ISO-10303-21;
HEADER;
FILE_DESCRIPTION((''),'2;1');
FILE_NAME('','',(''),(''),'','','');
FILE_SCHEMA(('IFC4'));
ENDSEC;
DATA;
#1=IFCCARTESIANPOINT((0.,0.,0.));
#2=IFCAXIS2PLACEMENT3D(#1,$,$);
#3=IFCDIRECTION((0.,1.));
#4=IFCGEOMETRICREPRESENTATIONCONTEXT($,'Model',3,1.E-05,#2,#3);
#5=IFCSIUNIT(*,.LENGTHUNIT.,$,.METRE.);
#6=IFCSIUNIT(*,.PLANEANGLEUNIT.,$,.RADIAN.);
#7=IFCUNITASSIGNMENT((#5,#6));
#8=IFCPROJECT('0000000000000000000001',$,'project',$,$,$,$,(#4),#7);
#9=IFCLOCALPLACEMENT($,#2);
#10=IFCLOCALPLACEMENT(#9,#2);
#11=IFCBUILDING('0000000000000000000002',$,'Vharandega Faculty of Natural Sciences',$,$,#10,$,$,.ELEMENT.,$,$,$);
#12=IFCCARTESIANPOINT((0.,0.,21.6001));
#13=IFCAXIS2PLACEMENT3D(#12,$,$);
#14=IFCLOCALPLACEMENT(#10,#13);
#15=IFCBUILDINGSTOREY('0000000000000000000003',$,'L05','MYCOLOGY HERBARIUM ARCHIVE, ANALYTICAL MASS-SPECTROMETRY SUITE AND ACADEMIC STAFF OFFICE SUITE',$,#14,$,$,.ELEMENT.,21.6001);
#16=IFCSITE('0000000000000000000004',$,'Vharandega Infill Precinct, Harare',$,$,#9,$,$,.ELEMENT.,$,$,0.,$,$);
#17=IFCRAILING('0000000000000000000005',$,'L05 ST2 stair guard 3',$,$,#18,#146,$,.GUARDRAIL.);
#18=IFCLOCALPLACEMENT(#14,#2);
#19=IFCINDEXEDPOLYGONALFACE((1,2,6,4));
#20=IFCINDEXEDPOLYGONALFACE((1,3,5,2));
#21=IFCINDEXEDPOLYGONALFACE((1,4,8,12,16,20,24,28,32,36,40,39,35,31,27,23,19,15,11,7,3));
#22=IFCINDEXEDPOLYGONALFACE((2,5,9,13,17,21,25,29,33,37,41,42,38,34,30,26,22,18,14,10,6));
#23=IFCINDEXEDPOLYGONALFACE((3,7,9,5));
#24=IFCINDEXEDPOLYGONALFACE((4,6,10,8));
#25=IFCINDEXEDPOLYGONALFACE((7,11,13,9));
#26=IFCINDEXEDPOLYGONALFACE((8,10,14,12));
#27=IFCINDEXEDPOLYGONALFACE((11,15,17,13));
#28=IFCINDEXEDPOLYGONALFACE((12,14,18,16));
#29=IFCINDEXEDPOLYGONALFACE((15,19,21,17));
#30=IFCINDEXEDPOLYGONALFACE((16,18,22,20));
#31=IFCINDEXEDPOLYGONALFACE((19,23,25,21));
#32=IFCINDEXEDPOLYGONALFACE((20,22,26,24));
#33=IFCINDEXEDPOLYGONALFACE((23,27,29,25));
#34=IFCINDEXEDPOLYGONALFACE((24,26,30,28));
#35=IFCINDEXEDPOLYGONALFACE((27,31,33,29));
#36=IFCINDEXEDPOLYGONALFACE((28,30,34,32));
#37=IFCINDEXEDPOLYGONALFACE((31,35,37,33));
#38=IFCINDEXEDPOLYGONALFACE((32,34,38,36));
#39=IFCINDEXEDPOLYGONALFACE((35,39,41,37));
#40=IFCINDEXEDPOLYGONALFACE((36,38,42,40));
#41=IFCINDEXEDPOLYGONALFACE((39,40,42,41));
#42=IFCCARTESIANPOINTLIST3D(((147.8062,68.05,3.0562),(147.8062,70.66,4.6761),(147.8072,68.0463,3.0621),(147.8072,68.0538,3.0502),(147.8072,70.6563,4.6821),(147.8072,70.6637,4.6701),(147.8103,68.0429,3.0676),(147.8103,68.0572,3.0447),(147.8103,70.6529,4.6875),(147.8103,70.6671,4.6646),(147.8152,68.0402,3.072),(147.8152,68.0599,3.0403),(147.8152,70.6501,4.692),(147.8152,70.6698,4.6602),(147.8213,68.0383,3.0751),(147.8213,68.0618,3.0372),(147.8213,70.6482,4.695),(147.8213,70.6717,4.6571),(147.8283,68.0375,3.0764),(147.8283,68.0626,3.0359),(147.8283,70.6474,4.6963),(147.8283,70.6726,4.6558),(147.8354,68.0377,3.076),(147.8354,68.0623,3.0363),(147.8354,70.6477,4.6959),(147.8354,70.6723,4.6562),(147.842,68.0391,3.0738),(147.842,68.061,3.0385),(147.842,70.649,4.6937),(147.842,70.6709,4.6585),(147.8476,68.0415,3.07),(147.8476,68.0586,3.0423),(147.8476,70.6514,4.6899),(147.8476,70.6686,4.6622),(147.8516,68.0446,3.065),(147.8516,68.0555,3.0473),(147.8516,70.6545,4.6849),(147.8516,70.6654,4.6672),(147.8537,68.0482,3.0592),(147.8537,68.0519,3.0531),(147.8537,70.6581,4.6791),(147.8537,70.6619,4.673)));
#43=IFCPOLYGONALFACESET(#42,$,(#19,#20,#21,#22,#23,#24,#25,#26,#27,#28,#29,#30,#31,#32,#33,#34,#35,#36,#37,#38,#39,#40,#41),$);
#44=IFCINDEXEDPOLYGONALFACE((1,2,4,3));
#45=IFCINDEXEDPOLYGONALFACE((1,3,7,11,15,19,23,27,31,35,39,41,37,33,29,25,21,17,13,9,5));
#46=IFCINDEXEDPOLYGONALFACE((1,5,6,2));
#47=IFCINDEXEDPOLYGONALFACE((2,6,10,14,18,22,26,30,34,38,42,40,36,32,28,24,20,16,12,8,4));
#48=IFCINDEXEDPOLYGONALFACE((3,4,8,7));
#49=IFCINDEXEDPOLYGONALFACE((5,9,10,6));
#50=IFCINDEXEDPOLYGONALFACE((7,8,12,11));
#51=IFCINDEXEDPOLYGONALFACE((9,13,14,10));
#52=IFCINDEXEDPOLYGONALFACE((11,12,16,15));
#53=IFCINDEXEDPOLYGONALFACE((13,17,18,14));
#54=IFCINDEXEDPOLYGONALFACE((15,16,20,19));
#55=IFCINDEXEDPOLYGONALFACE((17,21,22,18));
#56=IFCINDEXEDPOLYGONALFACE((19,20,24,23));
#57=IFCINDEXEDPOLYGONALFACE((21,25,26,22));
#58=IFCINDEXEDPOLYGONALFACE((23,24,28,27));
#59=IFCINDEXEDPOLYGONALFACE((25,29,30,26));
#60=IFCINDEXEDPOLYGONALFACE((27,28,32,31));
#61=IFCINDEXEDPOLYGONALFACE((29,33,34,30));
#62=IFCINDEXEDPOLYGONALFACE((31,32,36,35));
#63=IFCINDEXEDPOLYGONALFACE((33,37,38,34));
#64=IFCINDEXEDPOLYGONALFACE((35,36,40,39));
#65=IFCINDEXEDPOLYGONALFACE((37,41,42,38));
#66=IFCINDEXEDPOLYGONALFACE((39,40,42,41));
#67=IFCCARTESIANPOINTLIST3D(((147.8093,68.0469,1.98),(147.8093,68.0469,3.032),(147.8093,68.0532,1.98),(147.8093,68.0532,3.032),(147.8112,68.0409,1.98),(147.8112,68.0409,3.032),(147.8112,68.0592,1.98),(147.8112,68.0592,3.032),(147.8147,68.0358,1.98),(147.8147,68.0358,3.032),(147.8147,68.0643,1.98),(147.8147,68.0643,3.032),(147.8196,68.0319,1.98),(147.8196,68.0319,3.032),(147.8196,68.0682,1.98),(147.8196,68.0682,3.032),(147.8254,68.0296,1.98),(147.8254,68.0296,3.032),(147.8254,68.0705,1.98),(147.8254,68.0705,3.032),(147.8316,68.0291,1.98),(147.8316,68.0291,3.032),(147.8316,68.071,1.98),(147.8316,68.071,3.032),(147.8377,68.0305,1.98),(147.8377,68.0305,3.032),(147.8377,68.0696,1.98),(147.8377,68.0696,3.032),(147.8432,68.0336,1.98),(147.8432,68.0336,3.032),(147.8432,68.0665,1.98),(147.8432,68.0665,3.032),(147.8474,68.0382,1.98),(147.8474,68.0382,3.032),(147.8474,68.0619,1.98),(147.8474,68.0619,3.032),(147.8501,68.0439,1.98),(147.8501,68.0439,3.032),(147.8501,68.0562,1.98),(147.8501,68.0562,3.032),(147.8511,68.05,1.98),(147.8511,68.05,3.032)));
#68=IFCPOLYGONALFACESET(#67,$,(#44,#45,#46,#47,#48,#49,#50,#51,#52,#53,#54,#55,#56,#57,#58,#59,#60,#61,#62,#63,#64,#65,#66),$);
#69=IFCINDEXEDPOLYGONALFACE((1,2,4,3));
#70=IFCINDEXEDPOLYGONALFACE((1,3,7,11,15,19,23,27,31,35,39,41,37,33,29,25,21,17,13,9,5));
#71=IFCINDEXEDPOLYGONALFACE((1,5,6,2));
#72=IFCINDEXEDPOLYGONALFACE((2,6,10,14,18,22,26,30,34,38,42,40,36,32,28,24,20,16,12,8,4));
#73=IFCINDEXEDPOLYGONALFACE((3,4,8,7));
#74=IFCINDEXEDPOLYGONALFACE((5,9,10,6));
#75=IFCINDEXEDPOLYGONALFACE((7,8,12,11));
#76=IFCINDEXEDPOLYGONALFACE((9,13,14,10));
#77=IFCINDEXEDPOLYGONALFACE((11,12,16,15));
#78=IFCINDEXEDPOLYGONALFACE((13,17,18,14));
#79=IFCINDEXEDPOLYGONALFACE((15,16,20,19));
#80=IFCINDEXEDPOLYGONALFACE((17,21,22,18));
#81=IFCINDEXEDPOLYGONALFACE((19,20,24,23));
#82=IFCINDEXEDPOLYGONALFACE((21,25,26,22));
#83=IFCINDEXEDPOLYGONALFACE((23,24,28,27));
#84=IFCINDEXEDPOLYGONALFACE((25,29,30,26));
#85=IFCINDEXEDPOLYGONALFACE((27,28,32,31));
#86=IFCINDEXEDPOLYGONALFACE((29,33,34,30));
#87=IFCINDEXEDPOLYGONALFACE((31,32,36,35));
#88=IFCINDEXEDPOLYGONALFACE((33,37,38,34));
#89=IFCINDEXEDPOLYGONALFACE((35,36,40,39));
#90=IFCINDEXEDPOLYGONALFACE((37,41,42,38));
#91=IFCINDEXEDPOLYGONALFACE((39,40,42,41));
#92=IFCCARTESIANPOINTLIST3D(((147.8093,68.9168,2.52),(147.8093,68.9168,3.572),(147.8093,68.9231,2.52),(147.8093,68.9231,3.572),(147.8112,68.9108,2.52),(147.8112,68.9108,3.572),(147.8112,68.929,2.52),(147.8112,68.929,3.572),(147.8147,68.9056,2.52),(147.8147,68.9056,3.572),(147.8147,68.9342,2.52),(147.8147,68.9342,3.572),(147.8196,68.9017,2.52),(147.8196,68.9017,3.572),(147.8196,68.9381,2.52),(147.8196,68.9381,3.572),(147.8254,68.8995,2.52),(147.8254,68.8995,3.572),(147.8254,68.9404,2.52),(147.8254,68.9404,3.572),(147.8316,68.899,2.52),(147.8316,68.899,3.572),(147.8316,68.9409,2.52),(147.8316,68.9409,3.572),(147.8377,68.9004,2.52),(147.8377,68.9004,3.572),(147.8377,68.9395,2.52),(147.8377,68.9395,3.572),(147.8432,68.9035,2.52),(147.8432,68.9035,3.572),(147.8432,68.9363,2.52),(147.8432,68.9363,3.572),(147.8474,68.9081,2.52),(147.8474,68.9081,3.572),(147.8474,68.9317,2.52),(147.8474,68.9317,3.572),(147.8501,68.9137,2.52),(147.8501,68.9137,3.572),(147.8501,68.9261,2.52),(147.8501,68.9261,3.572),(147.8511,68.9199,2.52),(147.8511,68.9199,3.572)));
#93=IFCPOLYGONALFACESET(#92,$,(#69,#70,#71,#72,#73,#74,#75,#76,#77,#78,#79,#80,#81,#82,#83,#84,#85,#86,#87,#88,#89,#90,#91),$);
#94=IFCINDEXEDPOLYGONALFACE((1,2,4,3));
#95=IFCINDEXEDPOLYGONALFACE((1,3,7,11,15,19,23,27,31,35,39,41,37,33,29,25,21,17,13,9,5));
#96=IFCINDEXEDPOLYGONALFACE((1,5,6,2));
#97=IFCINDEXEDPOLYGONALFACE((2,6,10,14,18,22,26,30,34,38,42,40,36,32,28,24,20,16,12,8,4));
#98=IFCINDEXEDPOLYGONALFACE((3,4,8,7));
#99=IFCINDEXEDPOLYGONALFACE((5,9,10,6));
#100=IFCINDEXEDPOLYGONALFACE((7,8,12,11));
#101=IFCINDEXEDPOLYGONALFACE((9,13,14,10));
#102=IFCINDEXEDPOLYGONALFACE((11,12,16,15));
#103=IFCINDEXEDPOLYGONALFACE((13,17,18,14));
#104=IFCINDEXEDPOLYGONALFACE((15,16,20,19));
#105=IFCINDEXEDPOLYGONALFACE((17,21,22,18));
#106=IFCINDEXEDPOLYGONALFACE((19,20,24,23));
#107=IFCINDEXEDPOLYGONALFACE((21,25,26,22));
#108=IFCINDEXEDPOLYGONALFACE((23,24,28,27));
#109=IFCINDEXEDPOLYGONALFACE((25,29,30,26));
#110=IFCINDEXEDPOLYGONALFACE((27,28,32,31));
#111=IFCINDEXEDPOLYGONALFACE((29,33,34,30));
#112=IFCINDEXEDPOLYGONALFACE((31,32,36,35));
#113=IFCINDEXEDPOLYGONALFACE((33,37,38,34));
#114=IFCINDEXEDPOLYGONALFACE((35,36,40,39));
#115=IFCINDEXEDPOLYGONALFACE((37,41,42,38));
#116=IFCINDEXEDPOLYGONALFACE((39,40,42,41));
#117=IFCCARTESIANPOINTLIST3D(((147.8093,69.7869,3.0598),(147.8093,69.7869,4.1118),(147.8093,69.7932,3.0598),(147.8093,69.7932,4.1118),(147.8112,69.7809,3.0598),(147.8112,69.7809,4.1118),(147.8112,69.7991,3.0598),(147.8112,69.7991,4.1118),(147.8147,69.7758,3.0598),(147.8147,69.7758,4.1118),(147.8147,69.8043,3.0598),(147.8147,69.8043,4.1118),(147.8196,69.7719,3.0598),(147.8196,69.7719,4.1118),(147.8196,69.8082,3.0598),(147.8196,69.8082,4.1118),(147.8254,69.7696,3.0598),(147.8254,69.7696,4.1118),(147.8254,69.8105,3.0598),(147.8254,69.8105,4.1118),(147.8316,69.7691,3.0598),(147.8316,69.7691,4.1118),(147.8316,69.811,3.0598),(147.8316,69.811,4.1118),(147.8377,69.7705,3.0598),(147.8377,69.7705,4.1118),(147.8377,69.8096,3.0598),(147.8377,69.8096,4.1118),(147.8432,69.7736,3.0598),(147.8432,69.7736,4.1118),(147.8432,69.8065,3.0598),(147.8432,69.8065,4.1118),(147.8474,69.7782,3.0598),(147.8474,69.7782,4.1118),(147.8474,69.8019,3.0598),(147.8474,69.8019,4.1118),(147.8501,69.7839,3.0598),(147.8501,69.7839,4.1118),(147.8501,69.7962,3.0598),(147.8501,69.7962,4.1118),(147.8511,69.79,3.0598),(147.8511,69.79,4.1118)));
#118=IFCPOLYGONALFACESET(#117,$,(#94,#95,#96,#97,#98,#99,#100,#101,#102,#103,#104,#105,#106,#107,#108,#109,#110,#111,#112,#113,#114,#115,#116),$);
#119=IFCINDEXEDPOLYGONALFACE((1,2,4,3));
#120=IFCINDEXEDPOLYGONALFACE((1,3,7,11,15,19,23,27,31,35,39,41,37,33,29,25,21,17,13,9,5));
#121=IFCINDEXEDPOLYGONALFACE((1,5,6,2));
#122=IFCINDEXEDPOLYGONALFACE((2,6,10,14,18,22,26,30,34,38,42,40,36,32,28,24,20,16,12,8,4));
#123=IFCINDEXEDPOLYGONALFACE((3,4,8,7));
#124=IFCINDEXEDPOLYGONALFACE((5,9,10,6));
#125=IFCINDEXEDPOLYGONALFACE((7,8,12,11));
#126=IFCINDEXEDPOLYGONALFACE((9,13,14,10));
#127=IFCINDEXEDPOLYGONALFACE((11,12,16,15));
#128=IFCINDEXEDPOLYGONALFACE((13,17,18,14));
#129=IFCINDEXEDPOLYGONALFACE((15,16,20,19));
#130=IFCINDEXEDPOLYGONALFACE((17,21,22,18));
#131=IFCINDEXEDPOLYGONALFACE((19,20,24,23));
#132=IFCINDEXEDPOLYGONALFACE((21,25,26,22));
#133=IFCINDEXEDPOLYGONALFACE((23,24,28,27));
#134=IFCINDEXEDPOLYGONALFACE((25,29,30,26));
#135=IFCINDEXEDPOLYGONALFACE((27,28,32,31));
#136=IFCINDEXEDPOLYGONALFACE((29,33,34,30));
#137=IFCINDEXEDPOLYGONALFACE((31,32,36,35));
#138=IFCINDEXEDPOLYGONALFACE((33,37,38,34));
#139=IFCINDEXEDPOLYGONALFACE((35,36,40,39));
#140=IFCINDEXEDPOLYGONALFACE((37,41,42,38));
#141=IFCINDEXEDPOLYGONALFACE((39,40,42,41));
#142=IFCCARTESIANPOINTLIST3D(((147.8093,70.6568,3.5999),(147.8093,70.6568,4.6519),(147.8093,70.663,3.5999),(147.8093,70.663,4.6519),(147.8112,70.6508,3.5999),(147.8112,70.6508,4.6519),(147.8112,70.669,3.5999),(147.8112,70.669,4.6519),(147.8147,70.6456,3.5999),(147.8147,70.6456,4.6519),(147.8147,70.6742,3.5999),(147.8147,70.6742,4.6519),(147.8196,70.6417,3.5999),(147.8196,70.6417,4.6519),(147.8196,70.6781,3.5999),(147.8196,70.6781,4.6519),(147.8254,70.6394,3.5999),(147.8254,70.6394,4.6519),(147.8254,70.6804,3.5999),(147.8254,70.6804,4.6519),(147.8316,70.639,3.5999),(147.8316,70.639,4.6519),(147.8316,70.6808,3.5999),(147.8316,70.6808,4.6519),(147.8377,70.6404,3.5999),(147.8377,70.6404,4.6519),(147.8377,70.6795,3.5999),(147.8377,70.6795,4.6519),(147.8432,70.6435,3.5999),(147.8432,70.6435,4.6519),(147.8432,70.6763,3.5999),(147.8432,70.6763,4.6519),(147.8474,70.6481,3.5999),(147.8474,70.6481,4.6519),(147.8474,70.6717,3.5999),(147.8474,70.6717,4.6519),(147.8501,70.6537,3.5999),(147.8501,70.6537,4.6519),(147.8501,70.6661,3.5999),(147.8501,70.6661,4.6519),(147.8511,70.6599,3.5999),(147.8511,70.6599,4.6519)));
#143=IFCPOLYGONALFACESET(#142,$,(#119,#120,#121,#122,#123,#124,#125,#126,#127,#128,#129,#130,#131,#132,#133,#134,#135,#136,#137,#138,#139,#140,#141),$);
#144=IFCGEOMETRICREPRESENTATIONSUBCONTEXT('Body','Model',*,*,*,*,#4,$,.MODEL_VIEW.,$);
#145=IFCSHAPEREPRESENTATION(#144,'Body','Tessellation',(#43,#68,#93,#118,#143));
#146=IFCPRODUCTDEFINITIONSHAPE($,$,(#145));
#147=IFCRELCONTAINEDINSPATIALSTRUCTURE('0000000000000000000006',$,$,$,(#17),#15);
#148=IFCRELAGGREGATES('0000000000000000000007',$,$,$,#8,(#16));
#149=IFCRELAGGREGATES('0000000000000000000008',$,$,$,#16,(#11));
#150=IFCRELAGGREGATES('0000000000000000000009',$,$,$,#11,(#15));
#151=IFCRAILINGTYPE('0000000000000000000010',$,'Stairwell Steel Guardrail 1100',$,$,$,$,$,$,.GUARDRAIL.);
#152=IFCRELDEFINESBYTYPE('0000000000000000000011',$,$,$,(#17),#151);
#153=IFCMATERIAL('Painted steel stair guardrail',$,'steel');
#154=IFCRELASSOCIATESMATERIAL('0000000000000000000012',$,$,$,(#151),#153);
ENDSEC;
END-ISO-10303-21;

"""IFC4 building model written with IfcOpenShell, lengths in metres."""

from ifc_helpers import new_model, si_unit, direction, frame, origin, origin_2d, place, context, subcontext, project, spatial, circle, extrude, material, type_object, element, save


model = new_model("IFC4")

# Units and contexts
model_context = context("Model", 3, precision=1e-05, world=origin(), true_north=direction((0.0, 1.0)))
body_context = subcontext(model_context, "Body", "Model", "MODEL_VIEW")
ifc_project = project(units=[si_unit("LENGTHUNIT", "METRE"), si_unit("PLANEANGLEUNIT", "RADIAN")], contexts=[model_context])

# Site, building, storey
site_placement = place(None, origin())
site = spatial("IfcSite", under=ifc_project, at=site_placement, Name="Vharandega Infill Precinct, Harare", CompositionType="ELEMENT", RefElevation=0.0)
building_placement = place(site_placement, origin())
building = spatial("IfcBuilding", under=site, at=building_placement, Name="Vharandega Faculty of Natural Sciences", CompositionType="ELEMENT")
storey_placement = place(building_placement, frame((0.0, 0.0, 21.6001)))
storey = spatial("IfcBuildingStorey", under=building, at=storey_placement, Name="L05", Description="MYCOLOGY HERBARIUM ARCHIVE, ANALYTICAL MASS-SPECTROMETRY SUITE AND ACADEMIC STAFF OFFICE SUITE", CompositionType="ELEMENT", Elevation=21.6001)

# Railing
ifc_material_1 = material(Name="Painted steel stair guardrail", Category="steel")
railing_type_1 = type_object("IfcRailingType", Name="Stairwell Steel Guardrail 1100", PredefinedType="GUARDRAIL", material=ifc_material_1)
railing_1_placement = place(storey_placement, frame((147.8301, 68.05, 1.98)))
element("IfcRailing", 1, at=railing_1_placement, inside=storey, type_object=railing_type_1, Name="L05 ST2 stair guard 3", PredefinedType="GUARDRAIL", context=body_context, shape_type="SweptSolid", body=[
    extrude(circle(Radius=0.0239, at=origin_2d()), frame((0.0, 0.0, 1.0762), z_axis=(0.0, 0.849646, 0.527353), x_axis=(-1.0, 0.0, 0.0)), (0.0, 0.0, 1.0), 3.0718),
    extrude(circle(Radius=0.021, at=origin_2d()), origin(), (0.0, 0.0, 1.0), 1.052),
    extrude(circle(Radius=0.021, at=origin_2d()), frame((0.0, 0.8699, 0.54)), (0.0, 0.0, 1.0), 1.052),
    extrude(circle(Radius=0.021, at=origin_2d()), frame((0.0, 1.74, 1.0798)), (0.0, 0.0, 1.0), 1.052),
    extrude(circle(Radius=0.021, at=origin_2d()), frame((0.0, 2.6099, 1.6199)), (0.0, 0.0, 1.0), 1.052),
])

save(model, "model.ifc")
